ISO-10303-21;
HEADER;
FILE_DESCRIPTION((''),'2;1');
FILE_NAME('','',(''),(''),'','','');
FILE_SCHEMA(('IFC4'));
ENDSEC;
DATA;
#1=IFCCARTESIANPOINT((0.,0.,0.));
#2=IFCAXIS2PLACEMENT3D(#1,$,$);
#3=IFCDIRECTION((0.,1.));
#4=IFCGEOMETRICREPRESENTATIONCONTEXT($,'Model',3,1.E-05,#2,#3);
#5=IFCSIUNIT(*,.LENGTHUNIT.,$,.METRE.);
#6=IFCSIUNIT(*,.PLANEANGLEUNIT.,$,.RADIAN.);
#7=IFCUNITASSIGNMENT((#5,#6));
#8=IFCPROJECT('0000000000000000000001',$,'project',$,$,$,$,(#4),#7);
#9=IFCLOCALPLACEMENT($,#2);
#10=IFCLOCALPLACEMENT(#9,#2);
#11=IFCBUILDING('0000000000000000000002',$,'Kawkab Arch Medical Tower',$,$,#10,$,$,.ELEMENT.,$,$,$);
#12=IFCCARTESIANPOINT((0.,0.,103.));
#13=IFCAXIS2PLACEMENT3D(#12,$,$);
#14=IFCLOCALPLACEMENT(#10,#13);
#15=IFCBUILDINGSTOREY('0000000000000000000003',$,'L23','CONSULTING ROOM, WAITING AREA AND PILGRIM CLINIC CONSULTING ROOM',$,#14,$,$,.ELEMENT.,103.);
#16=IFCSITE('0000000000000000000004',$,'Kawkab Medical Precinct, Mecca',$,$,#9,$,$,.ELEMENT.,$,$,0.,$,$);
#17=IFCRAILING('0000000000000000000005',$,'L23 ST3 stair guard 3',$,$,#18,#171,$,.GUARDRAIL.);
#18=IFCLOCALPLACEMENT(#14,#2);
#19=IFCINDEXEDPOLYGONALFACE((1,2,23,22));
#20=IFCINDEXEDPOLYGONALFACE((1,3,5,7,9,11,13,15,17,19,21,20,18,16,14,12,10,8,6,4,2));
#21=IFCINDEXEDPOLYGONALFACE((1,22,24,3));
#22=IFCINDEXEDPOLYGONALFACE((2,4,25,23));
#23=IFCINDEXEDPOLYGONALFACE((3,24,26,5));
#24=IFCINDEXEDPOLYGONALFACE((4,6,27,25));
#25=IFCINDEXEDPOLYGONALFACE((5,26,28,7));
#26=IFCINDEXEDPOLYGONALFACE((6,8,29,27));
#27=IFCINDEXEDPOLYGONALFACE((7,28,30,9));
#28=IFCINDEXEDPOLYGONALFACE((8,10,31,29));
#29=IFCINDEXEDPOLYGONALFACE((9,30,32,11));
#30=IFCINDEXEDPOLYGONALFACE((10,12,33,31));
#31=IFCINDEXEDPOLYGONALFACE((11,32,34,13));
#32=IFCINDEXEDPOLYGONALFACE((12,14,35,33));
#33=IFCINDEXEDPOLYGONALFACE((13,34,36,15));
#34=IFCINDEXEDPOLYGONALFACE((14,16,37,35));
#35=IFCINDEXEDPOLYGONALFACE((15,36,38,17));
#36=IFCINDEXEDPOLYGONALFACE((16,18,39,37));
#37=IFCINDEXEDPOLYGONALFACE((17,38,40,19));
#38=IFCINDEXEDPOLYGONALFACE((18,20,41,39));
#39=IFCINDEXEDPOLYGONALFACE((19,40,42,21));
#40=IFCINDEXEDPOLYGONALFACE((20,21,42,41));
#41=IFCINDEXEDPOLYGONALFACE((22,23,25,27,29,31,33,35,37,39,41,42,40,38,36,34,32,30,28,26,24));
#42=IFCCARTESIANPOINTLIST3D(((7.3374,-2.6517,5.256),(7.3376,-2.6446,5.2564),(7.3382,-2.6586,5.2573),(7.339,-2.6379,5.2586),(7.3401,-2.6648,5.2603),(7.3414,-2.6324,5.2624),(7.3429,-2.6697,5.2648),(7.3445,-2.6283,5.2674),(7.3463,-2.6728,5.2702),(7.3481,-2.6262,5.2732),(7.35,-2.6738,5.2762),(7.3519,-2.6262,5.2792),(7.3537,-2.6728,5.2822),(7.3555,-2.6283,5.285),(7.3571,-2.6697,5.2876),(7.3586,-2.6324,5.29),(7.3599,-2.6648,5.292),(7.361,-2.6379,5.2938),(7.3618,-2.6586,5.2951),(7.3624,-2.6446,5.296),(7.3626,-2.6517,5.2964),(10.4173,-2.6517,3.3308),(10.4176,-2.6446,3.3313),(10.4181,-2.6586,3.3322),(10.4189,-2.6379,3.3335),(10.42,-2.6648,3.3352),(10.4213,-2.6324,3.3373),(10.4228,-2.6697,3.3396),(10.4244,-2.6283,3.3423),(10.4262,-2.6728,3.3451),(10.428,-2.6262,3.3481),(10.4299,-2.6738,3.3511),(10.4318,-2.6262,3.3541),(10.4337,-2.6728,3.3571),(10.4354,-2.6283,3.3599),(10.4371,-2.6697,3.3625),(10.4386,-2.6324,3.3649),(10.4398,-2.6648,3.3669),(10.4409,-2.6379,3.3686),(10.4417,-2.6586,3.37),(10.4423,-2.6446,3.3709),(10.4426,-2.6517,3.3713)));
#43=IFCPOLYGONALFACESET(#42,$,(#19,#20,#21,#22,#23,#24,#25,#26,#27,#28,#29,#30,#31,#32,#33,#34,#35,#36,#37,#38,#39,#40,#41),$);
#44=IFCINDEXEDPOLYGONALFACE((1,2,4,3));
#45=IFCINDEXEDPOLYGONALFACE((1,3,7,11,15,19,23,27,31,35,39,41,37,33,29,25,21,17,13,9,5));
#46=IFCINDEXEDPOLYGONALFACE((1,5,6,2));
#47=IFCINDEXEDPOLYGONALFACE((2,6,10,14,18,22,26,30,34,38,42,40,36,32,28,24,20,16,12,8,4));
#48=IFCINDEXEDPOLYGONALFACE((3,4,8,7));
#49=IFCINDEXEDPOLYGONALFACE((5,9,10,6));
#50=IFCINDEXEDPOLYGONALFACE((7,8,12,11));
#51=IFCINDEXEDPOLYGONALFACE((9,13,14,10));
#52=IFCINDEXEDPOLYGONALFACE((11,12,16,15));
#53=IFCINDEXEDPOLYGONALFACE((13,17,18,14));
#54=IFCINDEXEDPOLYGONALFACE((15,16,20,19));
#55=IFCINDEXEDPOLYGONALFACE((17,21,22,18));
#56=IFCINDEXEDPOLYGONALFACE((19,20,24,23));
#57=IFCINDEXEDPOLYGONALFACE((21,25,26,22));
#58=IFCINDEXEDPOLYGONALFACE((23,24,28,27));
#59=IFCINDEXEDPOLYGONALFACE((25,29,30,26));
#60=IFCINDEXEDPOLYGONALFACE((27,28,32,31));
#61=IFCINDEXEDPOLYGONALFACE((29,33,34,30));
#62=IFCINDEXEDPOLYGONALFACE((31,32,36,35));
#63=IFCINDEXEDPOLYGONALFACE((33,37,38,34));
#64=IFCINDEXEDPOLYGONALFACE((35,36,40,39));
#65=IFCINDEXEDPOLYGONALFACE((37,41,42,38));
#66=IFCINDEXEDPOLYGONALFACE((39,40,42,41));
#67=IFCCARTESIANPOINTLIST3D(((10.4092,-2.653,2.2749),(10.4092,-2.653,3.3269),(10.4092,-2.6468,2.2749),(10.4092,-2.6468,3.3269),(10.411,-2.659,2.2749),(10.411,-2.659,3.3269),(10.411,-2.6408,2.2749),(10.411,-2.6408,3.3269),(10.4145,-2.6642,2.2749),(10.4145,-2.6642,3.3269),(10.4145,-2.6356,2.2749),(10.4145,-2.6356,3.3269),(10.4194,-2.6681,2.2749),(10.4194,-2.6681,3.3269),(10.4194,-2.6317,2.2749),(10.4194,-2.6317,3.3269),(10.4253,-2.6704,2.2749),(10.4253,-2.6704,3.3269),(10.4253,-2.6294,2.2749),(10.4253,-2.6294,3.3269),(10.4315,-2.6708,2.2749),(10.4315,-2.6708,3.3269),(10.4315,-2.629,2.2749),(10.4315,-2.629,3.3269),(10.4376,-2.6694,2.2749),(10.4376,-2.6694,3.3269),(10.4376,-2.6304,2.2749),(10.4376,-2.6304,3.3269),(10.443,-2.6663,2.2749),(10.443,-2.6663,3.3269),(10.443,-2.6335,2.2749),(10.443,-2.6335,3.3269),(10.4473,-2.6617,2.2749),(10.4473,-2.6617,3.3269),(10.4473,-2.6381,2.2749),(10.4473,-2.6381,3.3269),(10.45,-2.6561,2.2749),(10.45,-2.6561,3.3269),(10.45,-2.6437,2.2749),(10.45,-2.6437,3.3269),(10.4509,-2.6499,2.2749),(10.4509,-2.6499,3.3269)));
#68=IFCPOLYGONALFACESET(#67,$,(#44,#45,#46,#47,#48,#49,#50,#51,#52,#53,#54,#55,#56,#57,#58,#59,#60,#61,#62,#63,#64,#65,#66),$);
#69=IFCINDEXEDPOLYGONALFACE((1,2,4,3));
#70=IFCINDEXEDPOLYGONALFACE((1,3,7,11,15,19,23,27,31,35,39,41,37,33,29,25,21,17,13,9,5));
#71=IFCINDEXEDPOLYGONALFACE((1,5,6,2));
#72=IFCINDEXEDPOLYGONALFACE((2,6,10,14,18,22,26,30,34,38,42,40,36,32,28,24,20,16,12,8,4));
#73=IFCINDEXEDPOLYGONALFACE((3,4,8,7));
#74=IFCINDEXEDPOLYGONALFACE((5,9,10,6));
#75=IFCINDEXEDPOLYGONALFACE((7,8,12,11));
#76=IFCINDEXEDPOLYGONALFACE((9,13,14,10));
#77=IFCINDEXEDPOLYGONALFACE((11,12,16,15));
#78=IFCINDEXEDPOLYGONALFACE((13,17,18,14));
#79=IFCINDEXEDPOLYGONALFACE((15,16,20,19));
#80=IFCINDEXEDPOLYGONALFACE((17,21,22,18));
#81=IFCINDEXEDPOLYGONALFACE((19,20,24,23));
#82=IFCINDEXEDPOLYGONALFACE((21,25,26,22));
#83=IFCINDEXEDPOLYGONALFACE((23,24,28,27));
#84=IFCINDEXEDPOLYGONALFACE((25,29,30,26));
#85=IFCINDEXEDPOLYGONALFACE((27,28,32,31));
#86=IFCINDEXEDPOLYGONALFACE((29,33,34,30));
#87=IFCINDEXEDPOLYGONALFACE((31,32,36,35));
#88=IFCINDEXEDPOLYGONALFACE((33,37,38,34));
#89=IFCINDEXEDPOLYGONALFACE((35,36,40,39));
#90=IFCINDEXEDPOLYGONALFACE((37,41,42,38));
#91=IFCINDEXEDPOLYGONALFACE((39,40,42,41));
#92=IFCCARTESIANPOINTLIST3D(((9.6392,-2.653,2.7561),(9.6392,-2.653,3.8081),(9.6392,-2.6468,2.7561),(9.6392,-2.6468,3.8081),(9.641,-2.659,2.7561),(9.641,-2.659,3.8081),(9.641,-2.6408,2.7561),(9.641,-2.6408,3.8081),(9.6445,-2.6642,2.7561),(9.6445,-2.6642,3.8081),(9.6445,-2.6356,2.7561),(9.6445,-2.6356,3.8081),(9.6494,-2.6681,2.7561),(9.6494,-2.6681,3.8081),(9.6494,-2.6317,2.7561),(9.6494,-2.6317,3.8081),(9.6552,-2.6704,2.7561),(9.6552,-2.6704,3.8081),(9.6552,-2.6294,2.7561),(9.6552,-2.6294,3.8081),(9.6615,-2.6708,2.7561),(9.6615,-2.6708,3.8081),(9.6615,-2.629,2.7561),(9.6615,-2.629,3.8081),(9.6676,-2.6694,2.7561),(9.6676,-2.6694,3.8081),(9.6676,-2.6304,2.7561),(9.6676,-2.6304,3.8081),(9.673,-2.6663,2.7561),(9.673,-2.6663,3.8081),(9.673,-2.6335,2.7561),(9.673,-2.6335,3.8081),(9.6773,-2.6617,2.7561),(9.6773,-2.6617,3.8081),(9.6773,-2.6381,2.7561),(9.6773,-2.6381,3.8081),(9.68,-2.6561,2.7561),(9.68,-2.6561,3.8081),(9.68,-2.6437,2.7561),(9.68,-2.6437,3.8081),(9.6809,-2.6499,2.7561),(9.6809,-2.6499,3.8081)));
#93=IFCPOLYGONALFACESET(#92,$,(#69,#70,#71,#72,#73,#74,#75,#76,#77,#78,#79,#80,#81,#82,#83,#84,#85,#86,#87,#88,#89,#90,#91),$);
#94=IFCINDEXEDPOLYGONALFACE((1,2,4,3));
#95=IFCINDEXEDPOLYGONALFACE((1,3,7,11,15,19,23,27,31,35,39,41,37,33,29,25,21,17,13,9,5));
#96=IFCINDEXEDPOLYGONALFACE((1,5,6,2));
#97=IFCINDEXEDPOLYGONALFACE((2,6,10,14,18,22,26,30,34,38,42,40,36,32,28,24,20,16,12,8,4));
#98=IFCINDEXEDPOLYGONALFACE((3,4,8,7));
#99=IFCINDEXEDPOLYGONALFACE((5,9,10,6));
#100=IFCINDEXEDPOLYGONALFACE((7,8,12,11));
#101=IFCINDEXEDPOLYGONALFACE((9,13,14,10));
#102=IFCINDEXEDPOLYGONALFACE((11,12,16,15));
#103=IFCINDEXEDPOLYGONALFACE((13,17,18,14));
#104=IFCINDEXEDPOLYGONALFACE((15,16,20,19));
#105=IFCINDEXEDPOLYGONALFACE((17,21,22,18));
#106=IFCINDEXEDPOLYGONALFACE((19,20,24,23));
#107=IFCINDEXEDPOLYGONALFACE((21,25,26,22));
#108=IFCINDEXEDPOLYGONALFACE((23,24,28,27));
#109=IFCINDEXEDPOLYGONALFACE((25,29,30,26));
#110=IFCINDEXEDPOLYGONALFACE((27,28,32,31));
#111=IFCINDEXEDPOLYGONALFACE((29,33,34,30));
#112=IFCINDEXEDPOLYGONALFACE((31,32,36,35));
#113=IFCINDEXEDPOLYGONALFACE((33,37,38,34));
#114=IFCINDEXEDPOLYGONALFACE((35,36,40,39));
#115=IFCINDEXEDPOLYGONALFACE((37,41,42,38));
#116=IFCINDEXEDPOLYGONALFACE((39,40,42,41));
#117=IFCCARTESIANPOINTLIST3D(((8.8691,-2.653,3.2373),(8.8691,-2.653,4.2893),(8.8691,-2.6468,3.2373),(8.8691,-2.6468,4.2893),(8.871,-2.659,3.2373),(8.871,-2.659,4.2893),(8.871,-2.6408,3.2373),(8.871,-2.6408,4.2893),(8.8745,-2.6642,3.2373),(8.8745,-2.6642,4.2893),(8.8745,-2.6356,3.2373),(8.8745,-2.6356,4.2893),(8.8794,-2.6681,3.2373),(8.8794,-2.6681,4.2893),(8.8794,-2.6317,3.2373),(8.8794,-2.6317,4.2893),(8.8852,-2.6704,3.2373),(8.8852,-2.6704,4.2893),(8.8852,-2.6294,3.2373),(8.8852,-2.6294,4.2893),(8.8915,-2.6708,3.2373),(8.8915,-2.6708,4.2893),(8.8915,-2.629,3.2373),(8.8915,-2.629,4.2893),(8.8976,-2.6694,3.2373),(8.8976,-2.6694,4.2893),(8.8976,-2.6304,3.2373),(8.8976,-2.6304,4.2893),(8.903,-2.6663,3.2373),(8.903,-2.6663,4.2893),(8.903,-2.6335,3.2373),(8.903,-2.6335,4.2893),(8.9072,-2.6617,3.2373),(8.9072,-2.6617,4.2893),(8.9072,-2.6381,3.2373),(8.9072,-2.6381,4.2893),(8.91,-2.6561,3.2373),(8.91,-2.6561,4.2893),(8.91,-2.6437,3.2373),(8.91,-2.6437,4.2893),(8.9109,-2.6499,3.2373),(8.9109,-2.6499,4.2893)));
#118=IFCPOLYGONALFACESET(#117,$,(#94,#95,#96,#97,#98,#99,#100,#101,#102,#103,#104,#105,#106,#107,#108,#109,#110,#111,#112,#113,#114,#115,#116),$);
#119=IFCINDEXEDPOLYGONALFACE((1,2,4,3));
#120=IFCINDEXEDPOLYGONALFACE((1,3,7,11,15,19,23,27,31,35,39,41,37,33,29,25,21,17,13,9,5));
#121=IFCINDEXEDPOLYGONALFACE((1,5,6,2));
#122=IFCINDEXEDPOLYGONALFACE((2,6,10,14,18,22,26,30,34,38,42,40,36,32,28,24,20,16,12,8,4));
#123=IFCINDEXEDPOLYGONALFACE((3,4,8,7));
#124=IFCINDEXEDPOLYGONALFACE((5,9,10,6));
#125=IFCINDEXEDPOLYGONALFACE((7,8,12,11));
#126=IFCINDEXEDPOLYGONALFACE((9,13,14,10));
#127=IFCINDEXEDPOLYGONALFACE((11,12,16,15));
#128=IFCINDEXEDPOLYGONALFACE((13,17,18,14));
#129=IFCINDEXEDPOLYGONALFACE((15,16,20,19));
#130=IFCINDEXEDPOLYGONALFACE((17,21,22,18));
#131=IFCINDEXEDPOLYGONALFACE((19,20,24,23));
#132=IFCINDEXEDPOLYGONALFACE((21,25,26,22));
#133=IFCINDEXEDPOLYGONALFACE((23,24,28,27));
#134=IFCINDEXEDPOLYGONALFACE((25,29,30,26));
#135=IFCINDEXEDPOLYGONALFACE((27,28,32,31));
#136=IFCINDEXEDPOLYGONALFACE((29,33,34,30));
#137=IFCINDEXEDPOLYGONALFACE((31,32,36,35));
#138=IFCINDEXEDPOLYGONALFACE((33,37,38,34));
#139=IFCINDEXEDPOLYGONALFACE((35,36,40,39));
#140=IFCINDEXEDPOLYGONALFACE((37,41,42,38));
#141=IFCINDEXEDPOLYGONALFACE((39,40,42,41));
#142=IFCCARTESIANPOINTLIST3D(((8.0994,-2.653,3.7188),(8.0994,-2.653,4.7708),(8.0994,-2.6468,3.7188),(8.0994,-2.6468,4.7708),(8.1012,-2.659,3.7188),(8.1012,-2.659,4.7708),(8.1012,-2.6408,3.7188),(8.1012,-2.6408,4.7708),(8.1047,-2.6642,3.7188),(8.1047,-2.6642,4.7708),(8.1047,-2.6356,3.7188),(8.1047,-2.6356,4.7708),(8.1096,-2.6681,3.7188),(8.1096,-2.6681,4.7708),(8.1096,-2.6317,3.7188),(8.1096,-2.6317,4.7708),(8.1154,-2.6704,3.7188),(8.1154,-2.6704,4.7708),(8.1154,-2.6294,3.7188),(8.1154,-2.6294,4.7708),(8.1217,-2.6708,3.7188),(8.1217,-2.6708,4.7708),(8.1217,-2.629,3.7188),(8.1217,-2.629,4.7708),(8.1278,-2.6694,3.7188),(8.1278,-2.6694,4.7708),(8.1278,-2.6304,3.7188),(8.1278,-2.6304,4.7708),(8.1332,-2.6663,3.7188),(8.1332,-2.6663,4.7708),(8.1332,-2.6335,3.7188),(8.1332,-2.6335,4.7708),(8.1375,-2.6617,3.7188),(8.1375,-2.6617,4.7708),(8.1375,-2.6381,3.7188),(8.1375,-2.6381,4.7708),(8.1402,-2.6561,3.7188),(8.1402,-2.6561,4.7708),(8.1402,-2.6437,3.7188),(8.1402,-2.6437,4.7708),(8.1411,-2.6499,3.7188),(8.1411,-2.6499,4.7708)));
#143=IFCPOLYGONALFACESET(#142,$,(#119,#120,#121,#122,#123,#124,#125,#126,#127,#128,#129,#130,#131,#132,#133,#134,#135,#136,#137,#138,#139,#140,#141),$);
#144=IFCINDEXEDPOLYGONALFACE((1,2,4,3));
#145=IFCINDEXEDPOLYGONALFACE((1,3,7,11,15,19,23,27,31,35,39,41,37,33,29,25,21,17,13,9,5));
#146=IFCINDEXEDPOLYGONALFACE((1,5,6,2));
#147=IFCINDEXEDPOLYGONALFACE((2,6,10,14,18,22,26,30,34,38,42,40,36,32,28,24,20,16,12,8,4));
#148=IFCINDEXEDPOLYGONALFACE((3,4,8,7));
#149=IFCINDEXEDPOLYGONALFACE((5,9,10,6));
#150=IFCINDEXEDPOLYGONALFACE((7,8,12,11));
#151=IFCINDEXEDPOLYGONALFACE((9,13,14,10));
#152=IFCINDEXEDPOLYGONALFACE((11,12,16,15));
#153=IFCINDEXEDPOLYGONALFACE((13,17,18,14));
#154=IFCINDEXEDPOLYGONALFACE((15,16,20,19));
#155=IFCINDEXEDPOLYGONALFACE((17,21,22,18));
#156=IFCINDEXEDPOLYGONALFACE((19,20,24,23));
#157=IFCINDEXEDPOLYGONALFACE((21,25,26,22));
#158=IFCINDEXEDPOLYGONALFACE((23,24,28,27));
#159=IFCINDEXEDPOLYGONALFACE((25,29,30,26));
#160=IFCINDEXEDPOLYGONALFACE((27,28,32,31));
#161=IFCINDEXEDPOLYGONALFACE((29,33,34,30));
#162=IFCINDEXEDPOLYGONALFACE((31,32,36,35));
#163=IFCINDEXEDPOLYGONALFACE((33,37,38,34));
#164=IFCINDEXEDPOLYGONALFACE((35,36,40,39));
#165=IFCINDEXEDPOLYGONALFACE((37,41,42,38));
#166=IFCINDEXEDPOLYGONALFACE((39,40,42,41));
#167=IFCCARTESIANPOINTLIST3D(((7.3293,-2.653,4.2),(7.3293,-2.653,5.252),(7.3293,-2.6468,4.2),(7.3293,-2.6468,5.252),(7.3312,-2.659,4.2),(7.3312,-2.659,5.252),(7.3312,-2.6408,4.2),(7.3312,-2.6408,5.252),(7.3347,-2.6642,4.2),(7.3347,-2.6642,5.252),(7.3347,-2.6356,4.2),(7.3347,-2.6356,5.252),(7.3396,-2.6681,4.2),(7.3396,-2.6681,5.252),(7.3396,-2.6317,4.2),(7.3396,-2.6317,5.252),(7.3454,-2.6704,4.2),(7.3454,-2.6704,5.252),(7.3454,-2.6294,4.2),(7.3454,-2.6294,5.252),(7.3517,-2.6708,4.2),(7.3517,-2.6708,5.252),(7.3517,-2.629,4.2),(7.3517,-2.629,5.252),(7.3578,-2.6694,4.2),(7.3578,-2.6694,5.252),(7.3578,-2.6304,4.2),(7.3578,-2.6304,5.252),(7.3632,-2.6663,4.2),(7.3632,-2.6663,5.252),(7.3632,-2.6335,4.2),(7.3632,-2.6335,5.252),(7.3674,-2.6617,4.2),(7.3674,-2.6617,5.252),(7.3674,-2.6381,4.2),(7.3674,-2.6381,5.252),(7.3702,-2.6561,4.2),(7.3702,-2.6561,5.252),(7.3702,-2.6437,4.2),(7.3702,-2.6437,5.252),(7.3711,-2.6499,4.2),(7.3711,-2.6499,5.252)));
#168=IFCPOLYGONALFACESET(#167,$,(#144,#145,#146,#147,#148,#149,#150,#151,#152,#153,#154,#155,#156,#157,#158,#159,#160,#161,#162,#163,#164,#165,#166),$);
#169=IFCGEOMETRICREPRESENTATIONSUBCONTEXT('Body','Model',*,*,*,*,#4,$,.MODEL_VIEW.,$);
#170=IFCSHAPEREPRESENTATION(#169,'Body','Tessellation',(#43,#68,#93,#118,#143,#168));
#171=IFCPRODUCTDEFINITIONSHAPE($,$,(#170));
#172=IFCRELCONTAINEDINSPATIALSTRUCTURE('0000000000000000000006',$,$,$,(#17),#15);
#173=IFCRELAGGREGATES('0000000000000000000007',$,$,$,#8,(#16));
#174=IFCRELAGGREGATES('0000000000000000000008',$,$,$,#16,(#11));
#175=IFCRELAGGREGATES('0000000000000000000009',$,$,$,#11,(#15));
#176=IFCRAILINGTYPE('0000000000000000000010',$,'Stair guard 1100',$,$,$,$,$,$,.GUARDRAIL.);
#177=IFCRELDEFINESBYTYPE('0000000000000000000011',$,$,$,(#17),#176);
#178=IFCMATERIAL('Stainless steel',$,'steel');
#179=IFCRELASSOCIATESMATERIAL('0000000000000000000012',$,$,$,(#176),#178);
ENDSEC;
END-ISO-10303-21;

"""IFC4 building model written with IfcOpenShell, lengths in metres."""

from ifc_helpers import new_model, si_unit, direction, frame, origin, origin_2d, place, context, subcontext, project, spatial, circle, extrude, material, type_object, element, save


model = new_model("IFC4")

# Units and contexts
model_context = context("Model", 3, precision=1e-05, world=origin(), true_north=direction((0.0, 1.0)))
body_context = subcontext(model_context, "Body", "Model", "MODEL_VIEW")
ifc_project = project(units=[si_unit("LENGTHUNIT", "METRE"), si_unit("PLANEANGLEUNIT", "RADIAN")], contexts=[model_context])

# Site, building, storey
site_placement = place(None, origin())
site = spatial("IfcSite", under=ifc_project, at=site_placement, Name="Kawkab Medical Precinct, Mecca", CompositionType="ELEMENT", RefElevation=0.0)
building_placement = place(site_placement, origin())
building = spatial("IfcBuilding", under=site, at=building_placement, Name="Kawkab Arch Medical Tower", CompositionType="ELEMENT")
storey_placement = place(building_placement, frame((0.0, 0.0, 103.0)))
storey = spatial("IfcBuildingStorey", under=building, at=storey_placement, Name="L23", Description="CONSULTING ROOM, WAITING AREA AND PILGRIM CLINIC CONSULTING ROOM", CompositionType="ELEMENT", Elevation=103.0)

# Railing
ifc_material_1 = material(Name="Stainless steel", Category="steel")
railing_type_1 = type_object("IfcRailingType", Name="Stair guard 1100", PredefinedType="GUARDRAIL", material=ifc_material_1)
railing_1_placement = place(storey_placement, frame((10.4299, -2.6499, 2.2749)))
element("IfcRailing", 1, at=railing_1_placement, inside=storey, type_object=railing_type_1, Name="L23 ST3 stair guard 3", PredefinedType="GUARDRAIL", context=body_context, shape_type="SweptSolid", body=[
    extrude(circle(Radius=0.0239, at=origin_2d()), frame((0.0, 0.0, 1.0762), z_axis=(-0.847979, 0.0, 0.530029), x_axis=(0.0, -1.0, 0.0)), (0.0, 0.0, 1.0), 3.6321),
    extrude(circle(Radius=0.021, at=origin_2d()), origin(), (0.0, 0.0, 1.0), 1.052),
    extrude(circle(Radius=0.021, at=origin_2d()), frame((-0.77, 0.0, 0.4812)), (0.0, 0.0, 1.0), 1.052),
    extrude(circle(Radius=0.021, at=origin_2d()), frame((-1.54, 0.0, 0.9624)), (0.0, 0.0, 1.0), 1.052),
    extrude(circle(Radius=0.021, at=origin_2d()), frame((-2.3098, 0.0, 1.4438)), (0.0, 0.0, 1.0), 1.052),
    extrude(circle(Radius=0.021, at=origin_2d()), frame((-3.0798, 0.0, 1.925)), (0.0, 0.0, 1.0), 1.052),
])

save(model, "model.ifc")
